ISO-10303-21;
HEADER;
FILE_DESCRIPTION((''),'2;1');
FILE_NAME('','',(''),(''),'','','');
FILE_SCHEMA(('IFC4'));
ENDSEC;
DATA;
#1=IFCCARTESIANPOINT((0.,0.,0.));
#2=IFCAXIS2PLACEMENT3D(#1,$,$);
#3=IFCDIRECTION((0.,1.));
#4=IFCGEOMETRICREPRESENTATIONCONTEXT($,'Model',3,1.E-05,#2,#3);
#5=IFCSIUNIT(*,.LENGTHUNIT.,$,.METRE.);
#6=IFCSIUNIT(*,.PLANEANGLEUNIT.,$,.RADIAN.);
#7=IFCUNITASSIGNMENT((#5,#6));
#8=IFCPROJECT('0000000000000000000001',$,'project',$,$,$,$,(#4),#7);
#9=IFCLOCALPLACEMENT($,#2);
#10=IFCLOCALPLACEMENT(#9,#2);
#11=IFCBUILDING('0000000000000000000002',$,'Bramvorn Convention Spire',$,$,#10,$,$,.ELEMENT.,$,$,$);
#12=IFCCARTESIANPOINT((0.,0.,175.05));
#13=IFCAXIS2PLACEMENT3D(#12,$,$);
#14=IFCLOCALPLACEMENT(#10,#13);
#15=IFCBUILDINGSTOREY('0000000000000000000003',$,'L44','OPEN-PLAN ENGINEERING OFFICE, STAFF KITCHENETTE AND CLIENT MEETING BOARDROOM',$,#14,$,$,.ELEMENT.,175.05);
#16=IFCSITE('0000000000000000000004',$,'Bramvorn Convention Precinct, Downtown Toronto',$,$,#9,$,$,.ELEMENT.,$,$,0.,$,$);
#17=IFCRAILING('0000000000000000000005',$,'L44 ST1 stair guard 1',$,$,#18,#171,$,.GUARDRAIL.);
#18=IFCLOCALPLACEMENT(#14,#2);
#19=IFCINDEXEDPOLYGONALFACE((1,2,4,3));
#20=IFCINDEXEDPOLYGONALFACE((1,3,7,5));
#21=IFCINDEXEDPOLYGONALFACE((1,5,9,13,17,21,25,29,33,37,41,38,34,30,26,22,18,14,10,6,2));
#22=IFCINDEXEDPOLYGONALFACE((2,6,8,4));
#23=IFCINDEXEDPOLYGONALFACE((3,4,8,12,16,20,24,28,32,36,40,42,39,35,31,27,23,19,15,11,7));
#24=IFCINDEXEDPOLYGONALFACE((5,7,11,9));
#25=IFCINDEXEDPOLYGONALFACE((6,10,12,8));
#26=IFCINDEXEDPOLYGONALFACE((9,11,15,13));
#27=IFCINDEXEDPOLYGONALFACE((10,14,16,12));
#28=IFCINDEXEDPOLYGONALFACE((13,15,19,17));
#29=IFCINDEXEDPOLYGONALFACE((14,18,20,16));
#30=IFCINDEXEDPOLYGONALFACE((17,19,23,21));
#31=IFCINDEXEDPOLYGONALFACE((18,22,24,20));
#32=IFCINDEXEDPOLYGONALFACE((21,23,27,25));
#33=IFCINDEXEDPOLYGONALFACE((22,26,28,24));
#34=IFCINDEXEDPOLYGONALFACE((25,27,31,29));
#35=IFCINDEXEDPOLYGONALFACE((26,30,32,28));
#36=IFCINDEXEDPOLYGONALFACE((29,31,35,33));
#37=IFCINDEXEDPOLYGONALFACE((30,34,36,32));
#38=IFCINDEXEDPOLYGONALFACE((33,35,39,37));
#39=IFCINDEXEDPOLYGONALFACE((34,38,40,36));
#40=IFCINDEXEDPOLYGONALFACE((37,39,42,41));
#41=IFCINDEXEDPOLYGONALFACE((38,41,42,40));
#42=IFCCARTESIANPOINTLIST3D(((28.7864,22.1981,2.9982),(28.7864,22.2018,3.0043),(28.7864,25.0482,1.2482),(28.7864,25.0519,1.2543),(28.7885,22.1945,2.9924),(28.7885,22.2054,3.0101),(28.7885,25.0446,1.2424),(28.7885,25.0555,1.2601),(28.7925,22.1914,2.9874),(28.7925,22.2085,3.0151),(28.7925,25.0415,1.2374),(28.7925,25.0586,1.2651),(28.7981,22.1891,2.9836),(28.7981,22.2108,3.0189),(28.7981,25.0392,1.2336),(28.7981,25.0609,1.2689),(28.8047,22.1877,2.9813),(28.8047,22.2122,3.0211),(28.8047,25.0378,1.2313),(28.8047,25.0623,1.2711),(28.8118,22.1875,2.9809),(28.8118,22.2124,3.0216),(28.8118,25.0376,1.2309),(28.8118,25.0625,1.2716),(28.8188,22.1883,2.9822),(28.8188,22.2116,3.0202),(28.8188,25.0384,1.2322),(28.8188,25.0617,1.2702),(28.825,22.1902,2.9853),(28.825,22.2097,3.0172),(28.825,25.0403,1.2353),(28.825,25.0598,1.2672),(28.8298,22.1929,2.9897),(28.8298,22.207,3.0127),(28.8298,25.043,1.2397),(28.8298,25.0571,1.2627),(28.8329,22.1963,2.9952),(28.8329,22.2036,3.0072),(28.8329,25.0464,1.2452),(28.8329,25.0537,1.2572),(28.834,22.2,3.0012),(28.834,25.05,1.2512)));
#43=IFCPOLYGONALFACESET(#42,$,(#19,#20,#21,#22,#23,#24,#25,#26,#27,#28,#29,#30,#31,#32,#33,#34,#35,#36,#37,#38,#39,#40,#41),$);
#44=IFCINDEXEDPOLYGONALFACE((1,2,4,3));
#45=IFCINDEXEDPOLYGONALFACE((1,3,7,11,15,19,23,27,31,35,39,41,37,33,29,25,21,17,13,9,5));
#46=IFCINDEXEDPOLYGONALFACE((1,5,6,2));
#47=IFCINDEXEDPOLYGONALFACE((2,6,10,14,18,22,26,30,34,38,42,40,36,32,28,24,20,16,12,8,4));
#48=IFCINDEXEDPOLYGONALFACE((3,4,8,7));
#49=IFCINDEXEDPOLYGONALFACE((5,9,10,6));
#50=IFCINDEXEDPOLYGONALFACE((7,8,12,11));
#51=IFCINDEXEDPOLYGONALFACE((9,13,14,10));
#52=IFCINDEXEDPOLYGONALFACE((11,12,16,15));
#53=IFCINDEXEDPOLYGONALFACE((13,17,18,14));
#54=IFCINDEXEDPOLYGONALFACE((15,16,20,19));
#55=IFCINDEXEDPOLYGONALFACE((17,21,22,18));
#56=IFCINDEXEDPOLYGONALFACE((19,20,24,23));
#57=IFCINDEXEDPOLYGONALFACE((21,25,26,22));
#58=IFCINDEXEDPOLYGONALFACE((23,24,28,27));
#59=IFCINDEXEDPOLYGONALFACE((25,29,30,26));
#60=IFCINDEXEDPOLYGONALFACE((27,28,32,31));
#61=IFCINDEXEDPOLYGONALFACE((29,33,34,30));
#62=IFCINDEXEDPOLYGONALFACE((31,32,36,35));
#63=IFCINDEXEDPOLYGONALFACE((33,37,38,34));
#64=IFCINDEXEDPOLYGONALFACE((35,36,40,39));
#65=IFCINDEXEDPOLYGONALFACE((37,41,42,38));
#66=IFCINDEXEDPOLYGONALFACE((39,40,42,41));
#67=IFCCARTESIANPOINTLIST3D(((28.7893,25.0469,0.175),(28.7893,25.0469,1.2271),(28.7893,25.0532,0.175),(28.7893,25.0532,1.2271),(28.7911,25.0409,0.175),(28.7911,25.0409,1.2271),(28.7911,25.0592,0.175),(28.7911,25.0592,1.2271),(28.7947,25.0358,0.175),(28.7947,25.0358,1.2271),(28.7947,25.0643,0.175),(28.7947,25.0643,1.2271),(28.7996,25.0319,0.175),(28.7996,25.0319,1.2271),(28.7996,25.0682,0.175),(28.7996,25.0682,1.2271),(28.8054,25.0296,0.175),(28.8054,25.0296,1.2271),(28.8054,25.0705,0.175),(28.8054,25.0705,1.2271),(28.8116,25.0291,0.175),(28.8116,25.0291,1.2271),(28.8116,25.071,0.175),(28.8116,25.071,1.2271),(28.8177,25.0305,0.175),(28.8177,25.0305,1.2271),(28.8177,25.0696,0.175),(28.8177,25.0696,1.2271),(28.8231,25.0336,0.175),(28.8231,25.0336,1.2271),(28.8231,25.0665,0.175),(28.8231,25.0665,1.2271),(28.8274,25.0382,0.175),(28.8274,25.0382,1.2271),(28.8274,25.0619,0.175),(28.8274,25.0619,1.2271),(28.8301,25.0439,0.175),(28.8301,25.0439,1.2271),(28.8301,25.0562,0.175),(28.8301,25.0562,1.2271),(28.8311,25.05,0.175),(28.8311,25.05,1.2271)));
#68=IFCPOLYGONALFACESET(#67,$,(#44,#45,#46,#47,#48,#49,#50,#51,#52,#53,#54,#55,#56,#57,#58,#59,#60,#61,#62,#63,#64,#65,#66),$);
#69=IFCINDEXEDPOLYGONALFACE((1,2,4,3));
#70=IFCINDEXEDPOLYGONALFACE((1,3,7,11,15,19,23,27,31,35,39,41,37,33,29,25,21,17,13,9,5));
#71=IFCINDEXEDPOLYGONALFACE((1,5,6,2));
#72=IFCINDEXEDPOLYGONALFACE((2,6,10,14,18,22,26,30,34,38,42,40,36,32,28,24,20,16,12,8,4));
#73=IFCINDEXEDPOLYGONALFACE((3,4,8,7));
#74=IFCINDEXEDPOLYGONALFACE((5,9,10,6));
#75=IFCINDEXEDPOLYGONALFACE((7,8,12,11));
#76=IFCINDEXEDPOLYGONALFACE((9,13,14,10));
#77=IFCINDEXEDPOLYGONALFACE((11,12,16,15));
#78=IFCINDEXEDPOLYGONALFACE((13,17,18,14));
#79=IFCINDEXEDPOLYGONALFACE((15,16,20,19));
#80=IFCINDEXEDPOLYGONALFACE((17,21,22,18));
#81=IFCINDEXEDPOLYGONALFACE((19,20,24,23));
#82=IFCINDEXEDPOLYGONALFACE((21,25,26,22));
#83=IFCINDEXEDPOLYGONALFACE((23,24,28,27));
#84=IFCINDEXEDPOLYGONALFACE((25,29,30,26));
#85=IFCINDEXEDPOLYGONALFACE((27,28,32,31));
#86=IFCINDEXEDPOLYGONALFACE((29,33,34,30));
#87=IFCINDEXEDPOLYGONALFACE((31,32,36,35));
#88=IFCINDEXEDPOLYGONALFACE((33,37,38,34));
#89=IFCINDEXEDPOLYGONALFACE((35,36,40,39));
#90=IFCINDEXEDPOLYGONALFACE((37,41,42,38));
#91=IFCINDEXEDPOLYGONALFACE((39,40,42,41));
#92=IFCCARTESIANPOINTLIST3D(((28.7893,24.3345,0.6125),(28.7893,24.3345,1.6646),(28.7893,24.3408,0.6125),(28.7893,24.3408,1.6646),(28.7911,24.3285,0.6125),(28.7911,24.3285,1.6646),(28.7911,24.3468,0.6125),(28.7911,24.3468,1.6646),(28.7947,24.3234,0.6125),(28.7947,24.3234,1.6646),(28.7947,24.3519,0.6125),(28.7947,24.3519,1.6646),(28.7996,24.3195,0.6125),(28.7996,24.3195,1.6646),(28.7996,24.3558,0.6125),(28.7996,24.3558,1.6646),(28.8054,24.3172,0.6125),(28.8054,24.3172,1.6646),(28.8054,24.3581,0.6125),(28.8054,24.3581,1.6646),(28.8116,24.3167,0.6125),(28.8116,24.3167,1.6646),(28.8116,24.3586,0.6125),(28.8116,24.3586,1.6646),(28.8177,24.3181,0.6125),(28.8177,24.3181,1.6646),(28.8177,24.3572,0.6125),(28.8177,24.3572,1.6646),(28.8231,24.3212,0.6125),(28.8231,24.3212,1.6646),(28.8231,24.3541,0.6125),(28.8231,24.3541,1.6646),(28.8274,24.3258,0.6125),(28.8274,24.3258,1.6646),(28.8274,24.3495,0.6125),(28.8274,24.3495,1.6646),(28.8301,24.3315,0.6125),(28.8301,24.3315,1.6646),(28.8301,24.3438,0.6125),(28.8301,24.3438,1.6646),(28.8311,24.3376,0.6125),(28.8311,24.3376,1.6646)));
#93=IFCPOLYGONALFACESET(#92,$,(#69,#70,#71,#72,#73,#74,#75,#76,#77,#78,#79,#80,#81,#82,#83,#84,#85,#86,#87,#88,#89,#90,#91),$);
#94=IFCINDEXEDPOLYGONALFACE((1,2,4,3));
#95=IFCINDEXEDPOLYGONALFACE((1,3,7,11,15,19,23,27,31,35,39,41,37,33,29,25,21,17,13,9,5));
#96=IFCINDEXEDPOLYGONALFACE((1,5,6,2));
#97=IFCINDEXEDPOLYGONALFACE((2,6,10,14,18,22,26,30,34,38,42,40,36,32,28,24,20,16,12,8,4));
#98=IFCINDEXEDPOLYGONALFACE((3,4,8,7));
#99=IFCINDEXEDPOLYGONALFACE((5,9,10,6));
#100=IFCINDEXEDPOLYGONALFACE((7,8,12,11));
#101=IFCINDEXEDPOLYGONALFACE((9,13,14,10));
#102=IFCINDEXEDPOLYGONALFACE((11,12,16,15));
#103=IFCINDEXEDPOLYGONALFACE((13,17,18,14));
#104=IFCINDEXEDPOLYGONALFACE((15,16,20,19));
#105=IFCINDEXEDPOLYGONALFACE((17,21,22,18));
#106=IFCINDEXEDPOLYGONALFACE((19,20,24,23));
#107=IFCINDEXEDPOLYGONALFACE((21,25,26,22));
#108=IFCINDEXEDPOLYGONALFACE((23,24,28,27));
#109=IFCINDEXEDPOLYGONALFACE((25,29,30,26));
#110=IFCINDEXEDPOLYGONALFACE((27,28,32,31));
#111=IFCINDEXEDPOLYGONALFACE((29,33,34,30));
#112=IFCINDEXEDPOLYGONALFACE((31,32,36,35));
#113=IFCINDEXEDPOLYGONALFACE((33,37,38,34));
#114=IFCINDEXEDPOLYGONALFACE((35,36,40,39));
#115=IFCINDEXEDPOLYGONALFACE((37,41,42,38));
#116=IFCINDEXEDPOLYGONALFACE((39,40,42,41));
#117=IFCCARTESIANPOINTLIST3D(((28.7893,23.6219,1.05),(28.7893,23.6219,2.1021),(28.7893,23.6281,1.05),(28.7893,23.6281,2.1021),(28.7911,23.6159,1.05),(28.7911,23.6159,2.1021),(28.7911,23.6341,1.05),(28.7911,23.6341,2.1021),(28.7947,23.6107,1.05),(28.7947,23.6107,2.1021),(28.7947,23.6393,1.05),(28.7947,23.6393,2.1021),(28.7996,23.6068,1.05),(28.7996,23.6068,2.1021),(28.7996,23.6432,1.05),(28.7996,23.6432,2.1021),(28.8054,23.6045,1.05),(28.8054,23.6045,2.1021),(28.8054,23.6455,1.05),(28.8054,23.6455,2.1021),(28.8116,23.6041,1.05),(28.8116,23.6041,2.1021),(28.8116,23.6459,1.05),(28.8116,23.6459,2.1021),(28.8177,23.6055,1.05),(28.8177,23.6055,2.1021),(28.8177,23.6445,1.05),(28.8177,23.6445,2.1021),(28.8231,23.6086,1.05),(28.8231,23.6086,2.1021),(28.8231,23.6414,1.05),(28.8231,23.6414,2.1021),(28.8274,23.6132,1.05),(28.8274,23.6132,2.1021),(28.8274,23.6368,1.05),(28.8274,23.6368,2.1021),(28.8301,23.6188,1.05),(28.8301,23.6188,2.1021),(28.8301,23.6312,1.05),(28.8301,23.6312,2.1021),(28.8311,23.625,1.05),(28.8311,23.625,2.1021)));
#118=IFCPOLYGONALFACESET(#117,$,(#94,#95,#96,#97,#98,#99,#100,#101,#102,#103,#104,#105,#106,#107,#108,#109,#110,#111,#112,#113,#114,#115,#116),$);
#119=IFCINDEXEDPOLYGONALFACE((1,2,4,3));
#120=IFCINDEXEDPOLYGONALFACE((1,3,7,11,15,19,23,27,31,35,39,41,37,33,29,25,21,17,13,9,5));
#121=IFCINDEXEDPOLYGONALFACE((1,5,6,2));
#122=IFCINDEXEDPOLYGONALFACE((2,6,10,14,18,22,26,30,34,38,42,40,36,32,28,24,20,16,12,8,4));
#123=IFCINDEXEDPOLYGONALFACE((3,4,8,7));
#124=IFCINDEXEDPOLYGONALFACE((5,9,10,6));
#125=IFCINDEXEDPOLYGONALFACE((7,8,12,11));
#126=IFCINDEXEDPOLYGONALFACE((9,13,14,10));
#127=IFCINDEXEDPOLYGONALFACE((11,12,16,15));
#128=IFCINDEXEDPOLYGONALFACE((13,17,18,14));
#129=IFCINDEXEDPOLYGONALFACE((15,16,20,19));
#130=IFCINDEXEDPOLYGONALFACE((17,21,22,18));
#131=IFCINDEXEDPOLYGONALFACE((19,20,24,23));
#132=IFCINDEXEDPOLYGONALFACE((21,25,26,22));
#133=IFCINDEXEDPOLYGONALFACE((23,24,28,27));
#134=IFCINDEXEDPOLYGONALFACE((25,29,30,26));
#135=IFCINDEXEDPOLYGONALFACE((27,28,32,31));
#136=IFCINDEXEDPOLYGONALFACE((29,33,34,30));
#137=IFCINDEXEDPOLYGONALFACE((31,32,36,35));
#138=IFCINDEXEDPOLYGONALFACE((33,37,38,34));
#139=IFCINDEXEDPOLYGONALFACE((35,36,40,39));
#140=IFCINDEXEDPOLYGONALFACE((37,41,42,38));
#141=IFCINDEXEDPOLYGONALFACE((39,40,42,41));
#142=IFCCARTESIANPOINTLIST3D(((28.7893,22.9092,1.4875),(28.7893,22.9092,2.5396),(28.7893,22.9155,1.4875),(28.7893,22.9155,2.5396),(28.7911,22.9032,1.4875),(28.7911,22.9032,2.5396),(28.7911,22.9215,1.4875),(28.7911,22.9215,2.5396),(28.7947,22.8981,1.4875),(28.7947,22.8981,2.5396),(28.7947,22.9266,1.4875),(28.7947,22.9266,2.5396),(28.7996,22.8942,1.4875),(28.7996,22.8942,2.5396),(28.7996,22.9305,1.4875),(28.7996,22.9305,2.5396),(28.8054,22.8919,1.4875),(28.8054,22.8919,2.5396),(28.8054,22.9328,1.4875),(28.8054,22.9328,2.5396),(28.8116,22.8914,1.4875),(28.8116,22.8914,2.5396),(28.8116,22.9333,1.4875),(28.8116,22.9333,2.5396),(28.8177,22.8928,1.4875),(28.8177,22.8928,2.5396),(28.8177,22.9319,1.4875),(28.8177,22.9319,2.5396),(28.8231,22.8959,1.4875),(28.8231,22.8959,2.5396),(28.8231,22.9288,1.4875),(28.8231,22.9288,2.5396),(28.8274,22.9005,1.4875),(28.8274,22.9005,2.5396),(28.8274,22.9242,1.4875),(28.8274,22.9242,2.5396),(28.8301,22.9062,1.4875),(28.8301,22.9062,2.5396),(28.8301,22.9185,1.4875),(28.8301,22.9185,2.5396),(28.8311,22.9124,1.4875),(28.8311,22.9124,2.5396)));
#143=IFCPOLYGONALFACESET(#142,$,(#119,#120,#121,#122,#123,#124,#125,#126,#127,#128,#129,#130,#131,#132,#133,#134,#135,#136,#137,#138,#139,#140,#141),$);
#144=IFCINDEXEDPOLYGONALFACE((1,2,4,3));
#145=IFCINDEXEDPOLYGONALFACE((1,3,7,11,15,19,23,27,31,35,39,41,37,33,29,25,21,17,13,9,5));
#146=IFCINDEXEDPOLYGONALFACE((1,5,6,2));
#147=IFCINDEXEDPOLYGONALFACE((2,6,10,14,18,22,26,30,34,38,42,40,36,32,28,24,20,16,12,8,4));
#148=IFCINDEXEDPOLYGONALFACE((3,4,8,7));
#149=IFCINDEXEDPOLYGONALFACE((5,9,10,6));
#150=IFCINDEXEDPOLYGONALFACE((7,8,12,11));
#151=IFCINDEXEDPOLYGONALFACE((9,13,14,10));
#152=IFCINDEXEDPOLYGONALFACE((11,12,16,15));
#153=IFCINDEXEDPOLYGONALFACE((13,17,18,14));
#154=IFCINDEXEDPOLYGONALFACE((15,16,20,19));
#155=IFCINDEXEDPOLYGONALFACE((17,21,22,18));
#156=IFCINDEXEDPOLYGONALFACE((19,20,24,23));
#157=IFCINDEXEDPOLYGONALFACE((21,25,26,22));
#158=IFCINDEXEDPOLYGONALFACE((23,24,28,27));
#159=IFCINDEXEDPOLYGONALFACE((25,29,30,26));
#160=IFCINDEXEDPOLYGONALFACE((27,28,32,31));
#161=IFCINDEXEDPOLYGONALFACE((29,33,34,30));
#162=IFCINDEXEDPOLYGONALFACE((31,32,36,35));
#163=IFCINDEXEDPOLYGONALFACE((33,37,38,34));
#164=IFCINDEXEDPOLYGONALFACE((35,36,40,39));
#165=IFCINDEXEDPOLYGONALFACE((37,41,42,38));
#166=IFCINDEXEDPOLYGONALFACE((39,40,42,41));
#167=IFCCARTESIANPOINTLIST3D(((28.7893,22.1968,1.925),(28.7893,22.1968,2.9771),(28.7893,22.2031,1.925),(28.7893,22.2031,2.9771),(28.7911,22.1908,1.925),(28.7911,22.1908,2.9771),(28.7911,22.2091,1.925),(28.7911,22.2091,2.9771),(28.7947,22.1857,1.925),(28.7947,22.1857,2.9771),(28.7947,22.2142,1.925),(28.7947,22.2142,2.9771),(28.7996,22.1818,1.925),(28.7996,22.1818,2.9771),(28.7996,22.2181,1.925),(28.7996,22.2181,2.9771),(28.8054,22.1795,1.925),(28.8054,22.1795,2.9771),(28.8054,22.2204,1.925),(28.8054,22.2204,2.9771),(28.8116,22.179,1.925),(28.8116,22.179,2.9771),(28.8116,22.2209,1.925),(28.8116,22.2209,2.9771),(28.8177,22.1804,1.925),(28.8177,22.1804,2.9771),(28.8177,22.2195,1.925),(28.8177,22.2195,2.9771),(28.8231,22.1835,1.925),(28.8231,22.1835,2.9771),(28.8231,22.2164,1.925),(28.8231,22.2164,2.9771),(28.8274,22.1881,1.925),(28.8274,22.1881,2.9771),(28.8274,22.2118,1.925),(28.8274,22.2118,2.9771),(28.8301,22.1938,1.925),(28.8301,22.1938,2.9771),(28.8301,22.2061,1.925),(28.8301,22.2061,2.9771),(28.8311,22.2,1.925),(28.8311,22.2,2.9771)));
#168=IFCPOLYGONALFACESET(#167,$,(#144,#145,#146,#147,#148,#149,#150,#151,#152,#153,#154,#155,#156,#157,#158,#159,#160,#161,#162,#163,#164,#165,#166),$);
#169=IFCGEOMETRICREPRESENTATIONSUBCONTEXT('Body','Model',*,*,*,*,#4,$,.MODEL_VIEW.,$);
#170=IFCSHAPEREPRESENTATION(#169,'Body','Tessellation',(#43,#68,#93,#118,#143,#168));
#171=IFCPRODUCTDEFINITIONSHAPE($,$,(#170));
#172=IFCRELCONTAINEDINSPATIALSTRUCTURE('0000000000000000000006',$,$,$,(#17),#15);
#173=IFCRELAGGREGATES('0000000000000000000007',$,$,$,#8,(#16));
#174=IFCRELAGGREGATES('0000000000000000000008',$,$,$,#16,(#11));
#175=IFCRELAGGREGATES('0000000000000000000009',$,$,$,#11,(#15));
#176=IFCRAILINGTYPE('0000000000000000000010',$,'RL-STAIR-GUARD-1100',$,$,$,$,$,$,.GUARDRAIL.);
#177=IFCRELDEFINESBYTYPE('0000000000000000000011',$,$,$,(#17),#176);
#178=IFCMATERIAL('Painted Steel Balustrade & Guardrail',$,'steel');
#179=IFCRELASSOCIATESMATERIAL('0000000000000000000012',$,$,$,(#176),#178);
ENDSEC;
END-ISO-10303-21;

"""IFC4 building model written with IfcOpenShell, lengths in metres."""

from ifc_helpers import new_model, si_unit, direction, frame, origin, origin_2d, place, context, subcontext, project, spatial, circle, extrude, material, type_object, element, save


model = new_model("IFC4")

# Units and contexts
model_context = context("Model", 3, precision=1e-05, world=origin(), true_north=direction((0.0, 1.0)))
body_context = subcontext(model_context, "Body", "Model", "MODEL_VIEW")
ifc_project = project(units=[si_unit("LENGTHUNIT", "METRE"), si_unit("PLANEANGLEUNIT", "RADIAN")], contexts=[model_context])

# Site, building, storey
site_placement = place(None, origin())
site = spatial("IfcSite", under=ifc_project, at=site_placement, Name="Bramvorn Convention Precinct, Downtown Toronto", CompositionType="ELEMENT", RefElevation=0.0)
building_placement = place(site_placement, origin())
building = spatial("IfcBuilding", under=site, at=building_placement, Name="Bramvorn Convention Spire", CompositionType="ELEMENT")
storey_placement = place(building_placement, frame((0.0, 0.0, 175.05)))
storey = spatial("IfcBuildingStorey", under=building, at=storey_placement, Name="L44", Description="OPEN-PLAN ENGINEERING OFFICE, STAFF KITCHENETTE AND CLIENT MEETING BOARDROOM", CompositionType="ELEMENT", Elevation=175.05)

# Railing
ifc_material_1 = material(Name="Painted Steel Balustrade & Guardrail", Category="steel")
railing_type_1 = type_object("IfcRailingType", Name="RL-STAIR-GUARD-1100", PredefinedType="GUARDRAIL", material=ifc_material_1)
railing_1_placement = place(storey_placement, frame((28.8101, 25.05, 0.175)))
element("IfcRailing", 1, at=railing_1_placement, inside=storey, type_object=railing_type_1, Name="L44 ST1 stair guard 1", PredefinedType="GUARDRAIL", context=body_context, shape_type="SweptSolid", body=[
    extrude(circle(Radius=0.0239, at=origin_2d()), frame((0.0, 0.0, 1.0762), z_axis=(0.0, -0.852179, 0.52325), x_axis=(1.0, 0.0, 0.0)), (0.0, 0.0, 1.0), 3.3445),
    extrude(circle(Radius=0.021, at=origin_2d()), origin(), (0.0, 0.0, 1.0), 1.052),
    extrude(circle(Radius=0.021, at=origin_2d()), frame((0.0, -0.7124, 0.4375)), (0.0, 0.0, 1.0), 1.052),
    extrude(circle(Radius=0.021, at=origin_2d()), frame((0.0, -1.425, 0.875)), (0.0, 0.0, 1.0), 1.052),
    extrude(circle(Radius=0.021, at=origin_2d()), frame((0.0, -2.1377, 1.3125)), (0.0, 0.0, 1.0), 1.052),
    extrude(circle(Radius=0.021, at=origin_2d()), frame((0.0, -2.8501, 1.75)), (0.0, 0.0, 1.0), 1.052),
])

save(model, "model.ifc")
